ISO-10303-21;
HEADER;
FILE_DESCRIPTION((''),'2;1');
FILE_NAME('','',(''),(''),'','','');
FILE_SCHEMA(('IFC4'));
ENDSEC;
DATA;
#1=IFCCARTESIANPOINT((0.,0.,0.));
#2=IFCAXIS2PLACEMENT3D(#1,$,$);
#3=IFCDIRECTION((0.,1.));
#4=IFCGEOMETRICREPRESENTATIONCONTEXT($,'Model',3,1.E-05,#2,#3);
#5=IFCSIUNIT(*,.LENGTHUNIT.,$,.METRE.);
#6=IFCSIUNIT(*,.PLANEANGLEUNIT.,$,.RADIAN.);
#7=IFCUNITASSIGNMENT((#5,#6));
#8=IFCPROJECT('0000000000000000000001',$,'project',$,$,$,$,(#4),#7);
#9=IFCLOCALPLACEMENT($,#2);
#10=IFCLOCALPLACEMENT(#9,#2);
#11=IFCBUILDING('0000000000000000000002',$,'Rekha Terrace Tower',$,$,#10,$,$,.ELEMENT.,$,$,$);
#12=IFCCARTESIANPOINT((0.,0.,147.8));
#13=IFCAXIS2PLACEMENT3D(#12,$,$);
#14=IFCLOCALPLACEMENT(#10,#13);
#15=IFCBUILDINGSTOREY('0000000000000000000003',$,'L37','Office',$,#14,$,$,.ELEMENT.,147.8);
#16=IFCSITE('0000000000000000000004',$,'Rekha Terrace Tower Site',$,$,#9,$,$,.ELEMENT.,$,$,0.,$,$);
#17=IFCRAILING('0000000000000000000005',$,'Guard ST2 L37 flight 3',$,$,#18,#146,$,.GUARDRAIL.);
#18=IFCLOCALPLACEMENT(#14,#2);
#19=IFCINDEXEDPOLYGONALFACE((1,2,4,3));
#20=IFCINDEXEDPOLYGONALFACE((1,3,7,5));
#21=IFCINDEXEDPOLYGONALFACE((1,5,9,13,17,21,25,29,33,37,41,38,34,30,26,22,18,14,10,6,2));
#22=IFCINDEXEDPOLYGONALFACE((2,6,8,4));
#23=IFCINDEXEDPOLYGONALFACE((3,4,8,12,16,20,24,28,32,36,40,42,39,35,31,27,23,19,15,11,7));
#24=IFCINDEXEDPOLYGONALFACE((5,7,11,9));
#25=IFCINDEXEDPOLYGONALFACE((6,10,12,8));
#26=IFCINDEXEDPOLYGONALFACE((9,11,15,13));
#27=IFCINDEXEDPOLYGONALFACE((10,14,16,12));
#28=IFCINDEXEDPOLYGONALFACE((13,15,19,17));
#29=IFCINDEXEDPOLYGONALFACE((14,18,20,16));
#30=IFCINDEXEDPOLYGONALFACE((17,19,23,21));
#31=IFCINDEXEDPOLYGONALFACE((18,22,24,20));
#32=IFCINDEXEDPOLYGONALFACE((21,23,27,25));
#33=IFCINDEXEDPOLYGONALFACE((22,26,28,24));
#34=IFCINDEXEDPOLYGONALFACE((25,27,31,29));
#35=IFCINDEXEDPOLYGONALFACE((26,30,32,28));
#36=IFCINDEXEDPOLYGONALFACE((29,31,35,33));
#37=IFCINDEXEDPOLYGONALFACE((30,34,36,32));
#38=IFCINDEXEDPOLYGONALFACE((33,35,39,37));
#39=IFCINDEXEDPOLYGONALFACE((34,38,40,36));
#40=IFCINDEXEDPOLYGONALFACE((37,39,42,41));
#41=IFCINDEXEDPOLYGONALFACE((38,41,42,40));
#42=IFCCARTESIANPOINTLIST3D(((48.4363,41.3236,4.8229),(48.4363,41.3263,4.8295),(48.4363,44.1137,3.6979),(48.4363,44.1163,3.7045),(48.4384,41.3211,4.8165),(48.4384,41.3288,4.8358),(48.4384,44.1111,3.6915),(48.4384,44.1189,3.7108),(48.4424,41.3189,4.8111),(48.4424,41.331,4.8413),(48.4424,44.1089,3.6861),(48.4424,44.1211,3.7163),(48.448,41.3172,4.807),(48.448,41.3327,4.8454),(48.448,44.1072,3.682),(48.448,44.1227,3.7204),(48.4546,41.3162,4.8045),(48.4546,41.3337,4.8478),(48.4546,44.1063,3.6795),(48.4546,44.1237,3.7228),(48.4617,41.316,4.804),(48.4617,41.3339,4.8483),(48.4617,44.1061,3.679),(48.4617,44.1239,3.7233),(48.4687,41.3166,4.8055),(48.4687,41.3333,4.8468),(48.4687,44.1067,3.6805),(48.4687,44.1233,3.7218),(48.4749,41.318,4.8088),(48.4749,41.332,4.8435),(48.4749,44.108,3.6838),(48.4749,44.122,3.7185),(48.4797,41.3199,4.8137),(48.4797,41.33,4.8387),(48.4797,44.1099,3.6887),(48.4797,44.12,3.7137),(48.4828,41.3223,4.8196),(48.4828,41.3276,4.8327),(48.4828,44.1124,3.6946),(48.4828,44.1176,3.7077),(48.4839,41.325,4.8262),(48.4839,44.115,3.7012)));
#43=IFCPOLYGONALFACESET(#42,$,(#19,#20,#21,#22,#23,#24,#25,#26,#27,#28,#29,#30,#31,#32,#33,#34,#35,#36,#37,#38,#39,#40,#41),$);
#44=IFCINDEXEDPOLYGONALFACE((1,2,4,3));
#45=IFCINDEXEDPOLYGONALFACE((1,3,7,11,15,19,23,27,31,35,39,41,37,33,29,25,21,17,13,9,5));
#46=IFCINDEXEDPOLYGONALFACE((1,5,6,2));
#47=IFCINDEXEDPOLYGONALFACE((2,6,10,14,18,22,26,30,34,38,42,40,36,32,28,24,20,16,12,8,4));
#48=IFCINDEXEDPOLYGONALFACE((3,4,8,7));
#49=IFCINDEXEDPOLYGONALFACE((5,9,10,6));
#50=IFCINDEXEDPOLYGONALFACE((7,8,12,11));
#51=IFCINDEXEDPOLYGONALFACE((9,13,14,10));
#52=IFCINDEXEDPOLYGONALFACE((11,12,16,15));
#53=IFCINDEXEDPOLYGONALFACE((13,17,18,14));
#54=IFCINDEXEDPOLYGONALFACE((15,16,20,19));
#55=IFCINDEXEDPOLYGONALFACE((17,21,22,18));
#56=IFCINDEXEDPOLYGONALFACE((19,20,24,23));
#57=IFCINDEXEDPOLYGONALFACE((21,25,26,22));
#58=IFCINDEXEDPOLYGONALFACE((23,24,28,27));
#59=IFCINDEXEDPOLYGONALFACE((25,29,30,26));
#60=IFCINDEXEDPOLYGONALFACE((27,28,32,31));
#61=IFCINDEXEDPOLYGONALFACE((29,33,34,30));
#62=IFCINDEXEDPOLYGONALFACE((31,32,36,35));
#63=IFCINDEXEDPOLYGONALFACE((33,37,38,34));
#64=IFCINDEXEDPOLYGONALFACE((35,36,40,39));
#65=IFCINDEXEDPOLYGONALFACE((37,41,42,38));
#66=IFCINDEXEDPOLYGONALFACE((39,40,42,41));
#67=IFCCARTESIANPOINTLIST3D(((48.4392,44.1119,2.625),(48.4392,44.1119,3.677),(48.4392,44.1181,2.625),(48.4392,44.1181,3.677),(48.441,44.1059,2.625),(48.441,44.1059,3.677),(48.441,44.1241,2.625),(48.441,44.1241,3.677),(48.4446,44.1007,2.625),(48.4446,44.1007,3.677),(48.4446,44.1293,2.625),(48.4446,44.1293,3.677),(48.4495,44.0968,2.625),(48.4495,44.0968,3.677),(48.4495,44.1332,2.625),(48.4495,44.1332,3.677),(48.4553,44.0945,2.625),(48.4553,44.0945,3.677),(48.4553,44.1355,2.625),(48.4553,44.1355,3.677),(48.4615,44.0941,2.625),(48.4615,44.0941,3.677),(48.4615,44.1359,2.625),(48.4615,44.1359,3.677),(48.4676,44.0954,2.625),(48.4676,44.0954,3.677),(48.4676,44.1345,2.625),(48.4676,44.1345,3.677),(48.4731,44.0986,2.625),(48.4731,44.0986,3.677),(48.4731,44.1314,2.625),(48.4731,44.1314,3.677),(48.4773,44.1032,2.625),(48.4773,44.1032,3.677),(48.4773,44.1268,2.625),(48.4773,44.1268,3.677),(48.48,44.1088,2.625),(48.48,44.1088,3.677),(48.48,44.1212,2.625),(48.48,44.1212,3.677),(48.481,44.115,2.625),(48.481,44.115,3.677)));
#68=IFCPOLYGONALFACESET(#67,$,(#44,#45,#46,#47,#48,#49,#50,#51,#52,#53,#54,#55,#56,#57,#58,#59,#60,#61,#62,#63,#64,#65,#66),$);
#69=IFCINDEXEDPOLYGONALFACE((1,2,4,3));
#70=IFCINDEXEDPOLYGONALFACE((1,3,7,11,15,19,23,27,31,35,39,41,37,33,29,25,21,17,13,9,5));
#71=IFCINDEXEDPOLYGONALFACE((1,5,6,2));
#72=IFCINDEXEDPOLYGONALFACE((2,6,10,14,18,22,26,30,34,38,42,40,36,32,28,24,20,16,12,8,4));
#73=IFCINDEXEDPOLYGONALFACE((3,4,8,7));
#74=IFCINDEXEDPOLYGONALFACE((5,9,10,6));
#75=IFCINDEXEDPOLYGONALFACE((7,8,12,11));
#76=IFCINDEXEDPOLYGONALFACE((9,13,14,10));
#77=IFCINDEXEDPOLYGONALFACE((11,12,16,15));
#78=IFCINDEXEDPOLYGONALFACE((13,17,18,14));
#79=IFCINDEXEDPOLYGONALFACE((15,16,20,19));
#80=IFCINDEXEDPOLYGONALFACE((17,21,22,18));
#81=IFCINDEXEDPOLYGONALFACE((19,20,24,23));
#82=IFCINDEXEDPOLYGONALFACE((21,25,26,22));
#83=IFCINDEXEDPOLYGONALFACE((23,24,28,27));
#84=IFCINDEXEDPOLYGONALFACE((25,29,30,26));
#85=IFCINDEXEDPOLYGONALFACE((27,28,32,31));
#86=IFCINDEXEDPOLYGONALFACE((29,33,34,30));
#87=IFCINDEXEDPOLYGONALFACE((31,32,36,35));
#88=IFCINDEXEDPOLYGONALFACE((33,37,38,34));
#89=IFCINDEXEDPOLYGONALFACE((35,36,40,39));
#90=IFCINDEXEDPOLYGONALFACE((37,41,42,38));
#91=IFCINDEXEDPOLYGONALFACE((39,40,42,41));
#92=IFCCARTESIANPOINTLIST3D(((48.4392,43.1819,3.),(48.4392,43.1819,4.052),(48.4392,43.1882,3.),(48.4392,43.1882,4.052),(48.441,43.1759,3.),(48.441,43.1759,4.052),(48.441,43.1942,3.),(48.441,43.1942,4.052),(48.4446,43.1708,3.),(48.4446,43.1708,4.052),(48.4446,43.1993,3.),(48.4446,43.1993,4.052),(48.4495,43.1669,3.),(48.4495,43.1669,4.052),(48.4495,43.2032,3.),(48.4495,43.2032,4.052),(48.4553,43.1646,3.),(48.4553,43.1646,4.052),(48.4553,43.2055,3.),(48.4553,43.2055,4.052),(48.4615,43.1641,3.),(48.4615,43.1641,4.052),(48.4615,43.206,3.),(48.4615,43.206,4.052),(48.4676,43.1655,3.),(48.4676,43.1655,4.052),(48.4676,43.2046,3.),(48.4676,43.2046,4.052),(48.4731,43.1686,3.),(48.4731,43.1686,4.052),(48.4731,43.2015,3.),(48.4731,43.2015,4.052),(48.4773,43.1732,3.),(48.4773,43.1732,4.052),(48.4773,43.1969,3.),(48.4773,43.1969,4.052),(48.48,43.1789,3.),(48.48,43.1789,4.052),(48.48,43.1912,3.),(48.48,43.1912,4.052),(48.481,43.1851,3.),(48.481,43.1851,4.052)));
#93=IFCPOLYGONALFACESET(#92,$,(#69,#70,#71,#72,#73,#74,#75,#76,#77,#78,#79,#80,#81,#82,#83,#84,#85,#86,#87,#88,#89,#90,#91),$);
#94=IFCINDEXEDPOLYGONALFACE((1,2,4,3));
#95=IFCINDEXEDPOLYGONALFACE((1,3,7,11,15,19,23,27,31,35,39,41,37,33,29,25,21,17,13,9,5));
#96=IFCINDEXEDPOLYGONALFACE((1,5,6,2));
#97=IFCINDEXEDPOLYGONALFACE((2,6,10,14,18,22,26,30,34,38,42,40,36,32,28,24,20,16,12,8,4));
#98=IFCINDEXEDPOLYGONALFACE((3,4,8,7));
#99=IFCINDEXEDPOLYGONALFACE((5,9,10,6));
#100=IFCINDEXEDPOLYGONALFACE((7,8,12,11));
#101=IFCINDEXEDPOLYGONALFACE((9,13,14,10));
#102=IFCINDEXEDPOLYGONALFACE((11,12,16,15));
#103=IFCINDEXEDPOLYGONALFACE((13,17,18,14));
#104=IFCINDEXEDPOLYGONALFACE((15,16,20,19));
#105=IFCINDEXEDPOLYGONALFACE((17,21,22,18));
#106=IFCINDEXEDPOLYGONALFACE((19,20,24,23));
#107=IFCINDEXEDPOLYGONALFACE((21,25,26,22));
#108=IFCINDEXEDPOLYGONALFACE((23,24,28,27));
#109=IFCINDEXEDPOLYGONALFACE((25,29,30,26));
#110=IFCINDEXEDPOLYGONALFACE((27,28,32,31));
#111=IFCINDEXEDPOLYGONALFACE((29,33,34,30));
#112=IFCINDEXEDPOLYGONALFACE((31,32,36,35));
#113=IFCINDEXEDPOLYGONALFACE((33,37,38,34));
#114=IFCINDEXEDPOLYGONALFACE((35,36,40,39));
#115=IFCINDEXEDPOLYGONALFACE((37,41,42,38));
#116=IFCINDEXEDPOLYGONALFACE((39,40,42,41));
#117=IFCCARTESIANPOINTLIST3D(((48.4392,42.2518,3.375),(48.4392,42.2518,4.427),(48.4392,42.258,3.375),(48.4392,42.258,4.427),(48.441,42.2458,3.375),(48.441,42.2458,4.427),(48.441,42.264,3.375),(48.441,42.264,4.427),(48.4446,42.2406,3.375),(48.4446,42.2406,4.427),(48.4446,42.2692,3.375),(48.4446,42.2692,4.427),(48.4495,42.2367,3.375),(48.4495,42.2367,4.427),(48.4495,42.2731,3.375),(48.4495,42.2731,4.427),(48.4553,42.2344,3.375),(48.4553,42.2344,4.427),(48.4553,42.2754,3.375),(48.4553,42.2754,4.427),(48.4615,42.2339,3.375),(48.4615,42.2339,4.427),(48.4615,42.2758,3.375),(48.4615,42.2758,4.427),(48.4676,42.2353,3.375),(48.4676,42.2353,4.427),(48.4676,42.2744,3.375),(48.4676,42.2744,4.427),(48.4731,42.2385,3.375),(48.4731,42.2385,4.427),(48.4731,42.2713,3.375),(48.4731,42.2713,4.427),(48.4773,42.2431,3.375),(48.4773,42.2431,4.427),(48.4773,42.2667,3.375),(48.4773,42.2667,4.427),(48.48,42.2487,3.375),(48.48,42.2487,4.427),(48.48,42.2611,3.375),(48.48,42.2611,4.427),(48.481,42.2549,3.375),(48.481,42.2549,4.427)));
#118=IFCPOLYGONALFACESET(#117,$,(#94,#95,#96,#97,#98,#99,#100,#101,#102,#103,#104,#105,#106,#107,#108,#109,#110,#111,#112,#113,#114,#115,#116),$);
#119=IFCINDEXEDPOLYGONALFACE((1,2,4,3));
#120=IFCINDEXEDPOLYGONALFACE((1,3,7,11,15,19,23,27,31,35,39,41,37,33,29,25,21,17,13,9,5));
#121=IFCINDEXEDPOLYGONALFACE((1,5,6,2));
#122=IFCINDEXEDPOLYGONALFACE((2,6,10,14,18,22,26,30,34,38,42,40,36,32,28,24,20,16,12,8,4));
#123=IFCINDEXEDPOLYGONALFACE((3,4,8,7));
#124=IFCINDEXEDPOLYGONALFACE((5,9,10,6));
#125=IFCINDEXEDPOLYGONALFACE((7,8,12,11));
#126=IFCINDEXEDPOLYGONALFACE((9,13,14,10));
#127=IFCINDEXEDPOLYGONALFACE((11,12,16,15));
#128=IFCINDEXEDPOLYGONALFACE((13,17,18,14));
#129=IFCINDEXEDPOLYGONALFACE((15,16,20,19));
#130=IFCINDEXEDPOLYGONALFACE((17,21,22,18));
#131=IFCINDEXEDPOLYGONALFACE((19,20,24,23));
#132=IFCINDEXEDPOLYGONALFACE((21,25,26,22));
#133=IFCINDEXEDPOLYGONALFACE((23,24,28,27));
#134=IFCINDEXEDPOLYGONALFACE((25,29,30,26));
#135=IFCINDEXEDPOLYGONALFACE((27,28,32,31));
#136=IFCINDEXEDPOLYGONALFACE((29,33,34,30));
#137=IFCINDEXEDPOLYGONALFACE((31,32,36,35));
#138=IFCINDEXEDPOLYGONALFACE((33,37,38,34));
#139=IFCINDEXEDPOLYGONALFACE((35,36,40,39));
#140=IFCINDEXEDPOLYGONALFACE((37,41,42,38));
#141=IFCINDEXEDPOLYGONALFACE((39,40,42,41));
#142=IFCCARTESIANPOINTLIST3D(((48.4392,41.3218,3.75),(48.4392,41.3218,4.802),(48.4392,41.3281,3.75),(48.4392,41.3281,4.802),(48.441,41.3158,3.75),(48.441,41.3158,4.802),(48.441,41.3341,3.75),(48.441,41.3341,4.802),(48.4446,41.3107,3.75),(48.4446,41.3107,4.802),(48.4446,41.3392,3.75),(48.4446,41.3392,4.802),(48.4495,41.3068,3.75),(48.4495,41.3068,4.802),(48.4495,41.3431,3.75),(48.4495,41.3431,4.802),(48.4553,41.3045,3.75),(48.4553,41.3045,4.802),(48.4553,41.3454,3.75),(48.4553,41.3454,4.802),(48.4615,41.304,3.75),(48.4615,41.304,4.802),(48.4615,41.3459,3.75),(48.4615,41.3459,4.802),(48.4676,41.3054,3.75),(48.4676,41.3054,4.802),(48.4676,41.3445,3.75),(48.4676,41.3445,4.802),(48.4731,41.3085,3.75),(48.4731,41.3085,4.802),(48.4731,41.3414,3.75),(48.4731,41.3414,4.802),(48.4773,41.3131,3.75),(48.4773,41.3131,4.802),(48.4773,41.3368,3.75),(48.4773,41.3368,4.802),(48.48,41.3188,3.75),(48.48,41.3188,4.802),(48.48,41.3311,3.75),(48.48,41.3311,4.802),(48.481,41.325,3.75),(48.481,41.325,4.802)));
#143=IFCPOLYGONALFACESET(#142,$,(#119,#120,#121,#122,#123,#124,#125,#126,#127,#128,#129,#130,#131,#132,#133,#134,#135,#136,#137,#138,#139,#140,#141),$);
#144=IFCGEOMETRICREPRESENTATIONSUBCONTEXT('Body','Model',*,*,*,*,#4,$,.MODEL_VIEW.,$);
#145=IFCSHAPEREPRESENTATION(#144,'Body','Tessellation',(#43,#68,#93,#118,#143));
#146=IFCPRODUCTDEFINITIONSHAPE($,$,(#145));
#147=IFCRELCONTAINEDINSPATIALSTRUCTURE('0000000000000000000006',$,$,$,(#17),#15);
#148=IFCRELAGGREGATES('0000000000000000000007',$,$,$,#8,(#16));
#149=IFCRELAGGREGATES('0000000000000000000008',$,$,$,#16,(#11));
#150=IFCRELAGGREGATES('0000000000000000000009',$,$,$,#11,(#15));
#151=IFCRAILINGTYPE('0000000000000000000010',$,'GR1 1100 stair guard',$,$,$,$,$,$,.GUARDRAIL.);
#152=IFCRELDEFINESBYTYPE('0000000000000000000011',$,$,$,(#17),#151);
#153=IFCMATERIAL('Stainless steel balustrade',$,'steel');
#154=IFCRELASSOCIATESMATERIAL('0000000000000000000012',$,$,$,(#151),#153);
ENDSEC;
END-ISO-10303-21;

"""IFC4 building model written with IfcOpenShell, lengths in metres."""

from ifc_helpers import new_model, si_unit, direction, frame, origin, origin_2d, place, context, subcontext, project, spatial, circle, extrude, material, type_object, element, save


model = new_model("IFC4")

# Units and contexts
model_context = context("Model", 3, precision=1e-05, world=origin(), true_north=direction((0.0, 1.0)))
body_context = subcontext(model_context, "Body", "Model", "MODEL_VIEW")
ifc_project = project(units=[si_unit("LENGTHUNIT", "METRE"), si_unit("PLANEANGLEUNIT", "RADIAN")], contexts=[model_context])

# Site, building, storey
site_placement = place(None, origin())
site = spatial("IfcSite", under=ifc_project, at=site_placement, Name="Rekha Terrace Tower Site", CompositionType="ELEMENT", RefElevation=0.0)
building_placement = place(site_placement, origin())
building = spatial("IfcBuilding", under=site, at=building_placement, Name="Rekha Terrace Tower", CompositionType="ELEMENT")
storey_placement = place(building_placement, frame((0.0, 0.0, 147.8)))
storey = spatial("IfcBuildingStorey", under=building, at=storey_placement, Name="L37", Description="Office", CompositionType="ELEMENT", Elevation=147.8)

# Railing
ifc_material_1 = material(Name="Stainless steel balustrade", Category="steel")
railing_type_1 = type_object("IfcRailingType", Name="GR1 1100 stair guard", PredefinedType="GUARDRAIL", material=ifc_material_1)
railing_1_placement = place(storey_placement, frame((48.46, 44.115, 2.625)))
element("IfcRailing", 1, at=railing_1_placement, inside=storey, type_object=railing_type_1, Name="Guard ST2 L37 flight 3", PredefinedType="GUARDRAIL", context=body_context, shape_type="SweptSolid", body=[
    extrude(circle(Radius=0.0239, at=origin_2d()), frame((0.0, 0.0, 1.0762), z_axis=(0.0, -0.927443, 0.373964), x_axis=(1.0, 0.0, 0.0)), (0.0, 0.0, 1.0), 3.0083),
    extrude(circle(Radius=0.021, at=origin_2d()), origin(), (0.0, 0.0, 1.0), 1.052),
    extrude(circle(Radius=0.021, at=origin_2d()), frame((0.0, -0.9299, 0.375)), (0.0, 0.0, 1.0), 1.052),
    extrude(circle(Radius=0.021, at=origin_2d()), frame((0.0, -1.8601, 0.75)), (0.0, 0.0, 1.0), 1.052),
    extrude(circle(Radius=0.021, at=origin_2d()), frame((0.0, -2.79, 1.125)), (0.0, 0.0, 1.0), 1.052),
])

save(model, "model.ifc")
